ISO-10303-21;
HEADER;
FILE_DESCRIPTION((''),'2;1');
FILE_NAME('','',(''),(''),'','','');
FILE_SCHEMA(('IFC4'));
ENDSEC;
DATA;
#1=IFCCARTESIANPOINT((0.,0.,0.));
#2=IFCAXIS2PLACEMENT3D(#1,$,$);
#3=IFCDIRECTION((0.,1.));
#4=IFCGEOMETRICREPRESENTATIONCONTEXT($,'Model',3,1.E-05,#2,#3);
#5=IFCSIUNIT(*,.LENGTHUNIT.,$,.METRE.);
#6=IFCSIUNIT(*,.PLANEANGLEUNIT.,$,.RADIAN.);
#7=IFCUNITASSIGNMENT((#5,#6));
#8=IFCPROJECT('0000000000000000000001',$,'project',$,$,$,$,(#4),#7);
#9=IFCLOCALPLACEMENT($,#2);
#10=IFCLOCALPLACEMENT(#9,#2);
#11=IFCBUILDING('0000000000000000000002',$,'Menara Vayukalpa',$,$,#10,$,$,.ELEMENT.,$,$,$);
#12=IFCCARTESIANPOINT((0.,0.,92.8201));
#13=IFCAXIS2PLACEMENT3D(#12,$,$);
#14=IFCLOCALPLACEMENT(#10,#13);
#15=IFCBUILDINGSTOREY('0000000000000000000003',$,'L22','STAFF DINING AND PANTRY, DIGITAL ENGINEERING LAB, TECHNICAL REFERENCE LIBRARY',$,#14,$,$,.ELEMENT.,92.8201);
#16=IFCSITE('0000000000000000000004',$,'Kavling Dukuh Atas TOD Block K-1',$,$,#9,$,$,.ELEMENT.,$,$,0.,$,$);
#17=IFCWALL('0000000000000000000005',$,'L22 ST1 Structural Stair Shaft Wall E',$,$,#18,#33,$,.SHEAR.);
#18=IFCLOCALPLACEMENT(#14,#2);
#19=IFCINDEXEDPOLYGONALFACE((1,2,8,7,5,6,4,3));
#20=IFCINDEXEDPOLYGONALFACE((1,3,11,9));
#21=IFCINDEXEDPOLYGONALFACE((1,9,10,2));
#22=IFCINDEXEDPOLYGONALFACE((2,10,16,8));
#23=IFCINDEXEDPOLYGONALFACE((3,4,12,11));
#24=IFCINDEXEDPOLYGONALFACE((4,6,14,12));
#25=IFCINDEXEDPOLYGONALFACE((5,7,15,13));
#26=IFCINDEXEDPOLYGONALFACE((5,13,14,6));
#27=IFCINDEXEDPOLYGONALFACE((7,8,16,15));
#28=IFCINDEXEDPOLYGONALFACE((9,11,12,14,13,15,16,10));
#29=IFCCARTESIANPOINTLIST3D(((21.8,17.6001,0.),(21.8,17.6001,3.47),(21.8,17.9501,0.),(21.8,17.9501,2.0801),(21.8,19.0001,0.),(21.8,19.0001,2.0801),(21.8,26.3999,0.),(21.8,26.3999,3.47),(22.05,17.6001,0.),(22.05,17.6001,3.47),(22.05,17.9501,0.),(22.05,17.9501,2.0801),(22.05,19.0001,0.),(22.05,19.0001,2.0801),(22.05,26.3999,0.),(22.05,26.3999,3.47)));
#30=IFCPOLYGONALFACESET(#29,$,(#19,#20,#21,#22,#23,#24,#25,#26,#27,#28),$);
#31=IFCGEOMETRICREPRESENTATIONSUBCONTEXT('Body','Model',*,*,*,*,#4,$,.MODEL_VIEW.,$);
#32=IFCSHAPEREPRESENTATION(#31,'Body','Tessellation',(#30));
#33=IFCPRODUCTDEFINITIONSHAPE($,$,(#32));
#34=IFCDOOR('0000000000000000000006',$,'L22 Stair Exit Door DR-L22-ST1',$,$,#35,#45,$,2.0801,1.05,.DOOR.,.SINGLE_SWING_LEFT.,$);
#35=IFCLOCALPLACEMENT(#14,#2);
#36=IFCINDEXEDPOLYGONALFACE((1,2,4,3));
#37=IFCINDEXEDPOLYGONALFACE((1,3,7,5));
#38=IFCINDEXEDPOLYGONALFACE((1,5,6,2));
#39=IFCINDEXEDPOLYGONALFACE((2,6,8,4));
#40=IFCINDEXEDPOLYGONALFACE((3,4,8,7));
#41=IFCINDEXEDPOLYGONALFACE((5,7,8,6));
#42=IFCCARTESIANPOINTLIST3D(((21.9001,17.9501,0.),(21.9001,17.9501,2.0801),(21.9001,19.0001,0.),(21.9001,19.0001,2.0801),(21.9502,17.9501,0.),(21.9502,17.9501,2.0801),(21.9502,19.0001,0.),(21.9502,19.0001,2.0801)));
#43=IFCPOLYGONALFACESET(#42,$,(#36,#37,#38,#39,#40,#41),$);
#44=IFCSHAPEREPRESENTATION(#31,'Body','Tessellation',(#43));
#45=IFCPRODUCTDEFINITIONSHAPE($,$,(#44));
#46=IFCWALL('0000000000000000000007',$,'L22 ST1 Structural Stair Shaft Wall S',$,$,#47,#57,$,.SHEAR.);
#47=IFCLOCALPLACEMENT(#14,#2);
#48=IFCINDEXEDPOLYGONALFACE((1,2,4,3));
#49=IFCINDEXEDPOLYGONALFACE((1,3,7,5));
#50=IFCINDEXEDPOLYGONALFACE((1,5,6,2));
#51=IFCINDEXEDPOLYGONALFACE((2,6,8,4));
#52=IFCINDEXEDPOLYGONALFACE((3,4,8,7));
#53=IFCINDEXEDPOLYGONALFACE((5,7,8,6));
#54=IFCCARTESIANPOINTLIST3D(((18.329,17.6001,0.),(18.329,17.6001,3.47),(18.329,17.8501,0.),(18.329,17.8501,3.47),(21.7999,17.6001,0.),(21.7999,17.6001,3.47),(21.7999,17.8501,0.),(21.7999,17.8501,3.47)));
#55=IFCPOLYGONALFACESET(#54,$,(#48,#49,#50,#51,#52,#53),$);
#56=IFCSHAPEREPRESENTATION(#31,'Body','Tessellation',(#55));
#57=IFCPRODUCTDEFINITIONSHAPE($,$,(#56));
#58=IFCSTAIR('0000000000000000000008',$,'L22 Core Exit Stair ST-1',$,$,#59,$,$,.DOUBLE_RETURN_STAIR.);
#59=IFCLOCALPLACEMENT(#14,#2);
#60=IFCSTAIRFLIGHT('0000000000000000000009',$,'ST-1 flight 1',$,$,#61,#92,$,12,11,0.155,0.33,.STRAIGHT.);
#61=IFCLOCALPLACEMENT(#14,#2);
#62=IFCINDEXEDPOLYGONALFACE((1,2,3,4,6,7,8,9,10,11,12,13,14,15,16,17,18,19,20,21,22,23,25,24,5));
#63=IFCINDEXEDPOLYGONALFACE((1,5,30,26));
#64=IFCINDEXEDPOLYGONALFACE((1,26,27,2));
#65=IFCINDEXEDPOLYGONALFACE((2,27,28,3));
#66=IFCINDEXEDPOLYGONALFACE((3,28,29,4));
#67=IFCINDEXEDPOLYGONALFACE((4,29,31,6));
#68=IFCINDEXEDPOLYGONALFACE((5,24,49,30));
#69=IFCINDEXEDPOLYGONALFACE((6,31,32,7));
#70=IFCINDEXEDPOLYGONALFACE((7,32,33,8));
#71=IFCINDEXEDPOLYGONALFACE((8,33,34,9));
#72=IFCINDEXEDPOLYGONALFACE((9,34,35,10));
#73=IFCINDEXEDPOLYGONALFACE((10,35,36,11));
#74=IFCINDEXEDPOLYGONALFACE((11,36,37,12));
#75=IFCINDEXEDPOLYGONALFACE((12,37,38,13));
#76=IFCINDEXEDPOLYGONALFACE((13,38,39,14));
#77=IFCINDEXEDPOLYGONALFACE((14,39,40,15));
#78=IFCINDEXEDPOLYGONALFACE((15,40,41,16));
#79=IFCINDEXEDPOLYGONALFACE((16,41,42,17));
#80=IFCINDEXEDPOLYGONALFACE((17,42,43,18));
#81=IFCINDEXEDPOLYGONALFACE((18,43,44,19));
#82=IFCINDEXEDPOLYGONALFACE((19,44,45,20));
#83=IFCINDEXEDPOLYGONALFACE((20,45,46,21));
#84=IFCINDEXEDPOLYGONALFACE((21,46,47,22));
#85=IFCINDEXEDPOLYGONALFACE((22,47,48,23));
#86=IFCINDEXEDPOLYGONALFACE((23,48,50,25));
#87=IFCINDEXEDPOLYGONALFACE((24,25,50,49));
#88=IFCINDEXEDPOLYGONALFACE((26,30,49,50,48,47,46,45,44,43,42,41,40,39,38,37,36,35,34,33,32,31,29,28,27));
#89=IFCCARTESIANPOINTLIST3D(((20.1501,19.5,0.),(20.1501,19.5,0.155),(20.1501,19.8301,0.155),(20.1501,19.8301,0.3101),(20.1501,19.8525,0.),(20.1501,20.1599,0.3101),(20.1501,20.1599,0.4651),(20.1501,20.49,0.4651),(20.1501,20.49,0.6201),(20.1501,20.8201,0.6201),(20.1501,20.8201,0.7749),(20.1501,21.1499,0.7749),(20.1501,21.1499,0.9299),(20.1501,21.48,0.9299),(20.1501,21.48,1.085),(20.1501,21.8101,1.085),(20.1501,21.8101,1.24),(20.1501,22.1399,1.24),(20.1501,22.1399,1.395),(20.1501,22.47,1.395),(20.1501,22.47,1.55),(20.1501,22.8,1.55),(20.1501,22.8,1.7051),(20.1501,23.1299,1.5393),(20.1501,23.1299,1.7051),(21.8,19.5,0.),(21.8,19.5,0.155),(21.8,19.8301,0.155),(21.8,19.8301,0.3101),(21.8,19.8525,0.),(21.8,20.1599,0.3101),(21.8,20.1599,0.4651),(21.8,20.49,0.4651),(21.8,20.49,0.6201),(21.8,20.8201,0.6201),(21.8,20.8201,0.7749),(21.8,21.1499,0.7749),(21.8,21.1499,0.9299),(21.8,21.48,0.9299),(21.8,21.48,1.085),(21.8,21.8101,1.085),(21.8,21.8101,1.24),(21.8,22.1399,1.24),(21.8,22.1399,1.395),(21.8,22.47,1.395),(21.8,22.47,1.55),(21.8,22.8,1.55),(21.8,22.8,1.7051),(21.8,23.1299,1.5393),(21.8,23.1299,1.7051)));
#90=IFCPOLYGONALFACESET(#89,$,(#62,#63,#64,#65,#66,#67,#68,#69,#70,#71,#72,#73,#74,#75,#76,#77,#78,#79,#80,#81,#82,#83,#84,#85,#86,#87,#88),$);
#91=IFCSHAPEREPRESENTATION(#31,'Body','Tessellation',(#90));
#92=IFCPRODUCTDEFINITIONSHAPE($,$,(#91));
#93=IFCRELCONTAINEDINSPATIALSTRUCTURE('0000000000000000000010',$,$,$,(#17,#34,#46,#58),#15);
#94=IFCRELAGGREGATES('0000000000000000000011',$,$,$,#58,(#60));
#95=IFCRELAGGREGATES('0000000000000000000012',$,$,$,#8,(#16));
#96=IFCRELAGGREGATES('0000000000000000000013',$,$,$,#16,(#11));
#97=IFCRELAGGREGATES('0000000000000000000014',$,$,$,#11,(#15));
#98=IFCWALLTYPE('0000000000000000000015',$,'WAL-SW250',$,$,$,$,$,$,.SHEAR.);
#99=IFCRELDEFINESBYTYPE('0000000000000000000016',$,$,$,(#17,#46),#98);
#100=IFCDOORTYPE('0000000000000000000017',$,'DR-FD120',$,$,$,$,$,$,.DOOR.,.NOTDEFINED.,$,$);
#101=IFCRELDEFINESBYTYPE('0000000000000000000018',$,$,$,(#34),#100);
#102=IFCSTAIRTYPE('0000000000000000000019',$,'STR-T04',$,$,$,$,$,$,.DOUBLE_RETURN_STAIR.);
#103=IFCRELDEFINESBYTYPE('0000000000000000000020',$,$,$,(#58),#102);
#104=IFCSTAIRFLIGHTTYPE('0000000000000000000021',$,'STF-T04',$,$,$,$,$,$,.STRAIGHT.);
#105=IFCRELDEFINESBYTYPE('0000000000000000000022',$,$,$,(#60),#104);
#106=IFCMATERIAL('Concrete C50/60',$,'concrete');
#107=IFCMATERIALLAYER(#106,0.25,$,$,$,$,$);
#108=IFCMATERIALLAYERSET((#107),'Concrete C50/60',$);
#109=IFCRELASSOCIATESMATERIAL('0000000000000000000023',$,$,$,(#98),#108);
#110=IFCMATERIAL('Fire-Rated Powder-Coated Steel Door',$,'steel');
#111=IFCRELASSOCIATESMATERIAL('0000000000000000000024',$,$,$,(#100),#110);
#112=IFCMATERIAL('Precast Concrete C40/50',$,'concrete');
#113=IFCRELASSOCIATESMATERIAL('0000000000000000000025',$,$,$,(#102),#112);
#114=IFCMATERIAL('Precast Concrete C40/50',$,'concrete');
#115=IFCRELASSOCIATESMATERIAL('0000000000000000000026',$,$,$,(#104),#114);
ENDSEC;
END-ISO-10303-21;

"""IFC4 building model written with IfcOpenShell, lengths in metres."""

from ifc_helpers import new_model, si_unit, direction, frame, frame_2d, origin, place, context, subcontext, project, spatial, polyline, rectangle, outline, extrude, material, layer, layer_set, type_object, element, fill, aggregate, save


model = new_model("IFC4")

# Units and contexts
model_context = context("Model", 3, precision=1e-05, world=origin(), true_north=direction((0.0, 1.0)))
body_context = subcontext(model_context, "Body", "Model", "MODEL_VIEW")
ifc_project = project(units=[si_unit("LENGTHUNIT", "METRE"), si_unit("PLANEANGLEUNIT", "RADIAN")], contexts=[model_context])

# Site, building, storey
site_placement = place(None, origin())
site = spatial("IfcSite", under=ifc_project, at=site_placement, Name="Kavling Dukuh Atas TOD Block K-1", CompositionType="ELEMENT", RefElevation=0.0)
building_placement = place(site_placement, origin())
building = spatial("IfcBuilding", under=site, at=building_placement, Name="Menara Vayukalpa", CompositionType="ELEMENT")
storey_placement = place(building_placement, frame((0.0, 0.0, 92.8201)))
storey = spatial("IfcBuildingStorey", under=building, at=storey_placement, Name="L22", Description="STAFF DINING AND PANTRY, DIGITAL ENGINEERING LAB, TECHNICAL REFERENCE LIBRARY", CompositionType="ELEMENT", Elevation=92.8201)

# Shared definitions
ifc_material_1 = material(Name="Concrete C50/60", Category="concrete")
ifc_layer_1 = layer(ifc_material_1, 0.25)
ifc_layer_set_1 = layer_set([ifc_layer_1], Name="Concrete C50/60")
wall_type_1 = type_object("IfcWallType", Name="WAL-SW250", PredefinedType="SHEAR", material=ifc_layer_set_1)

# Wall, opening, door
wall_1_placement = place(storey_placement, frame((21.925, 17.6001, 0.0), z_axis=(0.0, 0.0, 1.0), x_axis=(0.0, 1.0, 0.0)))
wall_1 = element("IfcWall", 1, at=wall_1_placement, inside=storey, type_object=wall_type_1, Name="L22 ST1 Structural Stair Shaft Wall E", PredefinedType="SHEAR", context=body_context, shape_type="SweptSolid", body=[
    extrude(rectangle(XDim=8.7998, YDim=0.25, at=frame_2d((4.3999, 0.0))), origin(), (0.0, 0.0, 1.0), 3.47),
])
opening_placement = place(wall_1_placement, frame((0.3501, 0.0, 0.0)))
opening = element("IfcOpeningElement", 2, at=opening_placement, cuts=wall_1, PredefinedType="OPENING", context=body_context, shape_type="SweptSolid", body=[
    extrude(rectangle(XDim=1.05, YDim=2.0801, at=frame_2d((0.5249, 1.04))), frame((0.0, 0.135, 0.0), z_axis=(0.0, -1.0, 0.0), x_axis=(1.0, 0.0, 0.0)), (0.0, 0.0, 1.0), 0.27),
])
ifc_material_2 = material(Name="Fire-Rated Powder-Coated Steel Door", Category="steel")
door_type = type_object("IfcDoorType", Name="DR-FD120", OperationType="NOTDEFINED", PredefinedType="DOOR", material=ifc_material_2)
door_placement = place(opening_placement, origin())
door = element("IfcDoor", 3, at=door_placement, inside=storey, type_object=door_type, Name="L22 Stair Exit Door DR-L22-ST1", OperationType="SINGLE_SWING_LEFT", OverallHeight=2.0801, OverallWidth=1.05, PredefinedType="DOOR", context=body_context, shape_type="SweptSolid", body=[
    extrude(rectangle(XDim=1.05, YDim=2.0801, at=frame_2d((0.5249, 1.04))), frame((0.0, 0.0249, 0.0), z_axis=(0.0, -1.0, 0.0), x_axis=(1.0, 0.0, 0.0)), (0.0, 0.0, 1.0), 0.05),
])
fill(opening, door)

# Wall
wall_2_placement = place(storey_placement, frame((18.3291, 17.7251, 0.0), z_axis=(0.0, 0.0, 1.0), x_axis=(1.0, 0.0, 0.0)))
element("IfcWall", 4, at=wall_2_placement, inside=storey, type_object=wall_type_1, Name="L22 ST1 Structural Stair Shaft Wall S", PredefinedType="SHEAR", context=body_context, shape_type="SweptSolid", body=[
    extrude(rectangle(XDim=3.4709, YDim=0.25, at=frame_2d((1.7354, 0.0))), origin(), (0.0, 0.0, 1.0), 3.47),
])

# Stair, stair flight
ifc_material_3 = material(Name="Precast Concrete C40/50", Category="concrete")
stair_type = type_object("IfcStairType", Name="STR-T04", PredefinedType="DOUBLE_RETURN_STAIR", material=ifc_material_3)
stair_placement = place(storey_placement, origin())
stair = element("IfcStair", 5, at=stair_placement, inside=storey, type_object=stair_type, Name="L22 Core Exit Stair ST-1", PredefinedType="DOUBLE_RETURN_STAIR")
ifc_material_4 = material(Name="Precast Concrete C40/50", Category="concrete")
stair_flight_type = type_object("IfcStairFlightType", Name="STF-T04", PredefinedType="STRAIGHT", material=ifc_material_4)
stair_flight_placement = place(storey_placement, frame((20.9751, 19.5, 0.0), z_axis=(0.0, 0.0, 1.0), x_axis=(0.0, 1.0, 0.0)))
stair_flight = element("IfcStairFlight", 6, at=stair_flight_placement, type_object=stair_flight_type, Name="ST-1 flight 1", NumberOfRisers=12, NumberOfTreads=11, PredefinedType="STRAIGHT", RiserHeight=0.155, TreadLength=0.33, context=body_context, shape_type="SweptSolid", body=[
    extrude(outline(polyline([(0.0, 0.0), (0.0, 0.155), (0.3301, 0.155), (0.3301, 0.3101), (0.6599, 0.3101), (0.6599, 0.4651), (0.99, 0.4651), (0.99, 0.6201), (1.3201, 0.6201), (1.3201, 0.7749), (1.6499, 0.7749), (1.6499, 0.9299), (1.98, 0.9299), (1.98, 1.085), (2.3101, 1.085), (2.3101, 1.24), (2.6399, 1.24), (2.6399, 1.395), (2.97, 1.395), (2.97, 1.55), (3.3, 1.55), (3.3, 1.7051), (3.6299, 1.7051), (3.6299, 1.8601), (3.6299, 1.5393), (0.3525, 0.0), (0.0, 0.0)])), frame((0.0, 0.825, 0.0), z_axis=(0.0, -1.0, 0.0), x_axis=(1.0, 0.0, 0.0)), (0.0, 0.0, 1.0), 1.6499),
])
aggregate(stair, [stair_flight])

save(model, "model.ifc")
